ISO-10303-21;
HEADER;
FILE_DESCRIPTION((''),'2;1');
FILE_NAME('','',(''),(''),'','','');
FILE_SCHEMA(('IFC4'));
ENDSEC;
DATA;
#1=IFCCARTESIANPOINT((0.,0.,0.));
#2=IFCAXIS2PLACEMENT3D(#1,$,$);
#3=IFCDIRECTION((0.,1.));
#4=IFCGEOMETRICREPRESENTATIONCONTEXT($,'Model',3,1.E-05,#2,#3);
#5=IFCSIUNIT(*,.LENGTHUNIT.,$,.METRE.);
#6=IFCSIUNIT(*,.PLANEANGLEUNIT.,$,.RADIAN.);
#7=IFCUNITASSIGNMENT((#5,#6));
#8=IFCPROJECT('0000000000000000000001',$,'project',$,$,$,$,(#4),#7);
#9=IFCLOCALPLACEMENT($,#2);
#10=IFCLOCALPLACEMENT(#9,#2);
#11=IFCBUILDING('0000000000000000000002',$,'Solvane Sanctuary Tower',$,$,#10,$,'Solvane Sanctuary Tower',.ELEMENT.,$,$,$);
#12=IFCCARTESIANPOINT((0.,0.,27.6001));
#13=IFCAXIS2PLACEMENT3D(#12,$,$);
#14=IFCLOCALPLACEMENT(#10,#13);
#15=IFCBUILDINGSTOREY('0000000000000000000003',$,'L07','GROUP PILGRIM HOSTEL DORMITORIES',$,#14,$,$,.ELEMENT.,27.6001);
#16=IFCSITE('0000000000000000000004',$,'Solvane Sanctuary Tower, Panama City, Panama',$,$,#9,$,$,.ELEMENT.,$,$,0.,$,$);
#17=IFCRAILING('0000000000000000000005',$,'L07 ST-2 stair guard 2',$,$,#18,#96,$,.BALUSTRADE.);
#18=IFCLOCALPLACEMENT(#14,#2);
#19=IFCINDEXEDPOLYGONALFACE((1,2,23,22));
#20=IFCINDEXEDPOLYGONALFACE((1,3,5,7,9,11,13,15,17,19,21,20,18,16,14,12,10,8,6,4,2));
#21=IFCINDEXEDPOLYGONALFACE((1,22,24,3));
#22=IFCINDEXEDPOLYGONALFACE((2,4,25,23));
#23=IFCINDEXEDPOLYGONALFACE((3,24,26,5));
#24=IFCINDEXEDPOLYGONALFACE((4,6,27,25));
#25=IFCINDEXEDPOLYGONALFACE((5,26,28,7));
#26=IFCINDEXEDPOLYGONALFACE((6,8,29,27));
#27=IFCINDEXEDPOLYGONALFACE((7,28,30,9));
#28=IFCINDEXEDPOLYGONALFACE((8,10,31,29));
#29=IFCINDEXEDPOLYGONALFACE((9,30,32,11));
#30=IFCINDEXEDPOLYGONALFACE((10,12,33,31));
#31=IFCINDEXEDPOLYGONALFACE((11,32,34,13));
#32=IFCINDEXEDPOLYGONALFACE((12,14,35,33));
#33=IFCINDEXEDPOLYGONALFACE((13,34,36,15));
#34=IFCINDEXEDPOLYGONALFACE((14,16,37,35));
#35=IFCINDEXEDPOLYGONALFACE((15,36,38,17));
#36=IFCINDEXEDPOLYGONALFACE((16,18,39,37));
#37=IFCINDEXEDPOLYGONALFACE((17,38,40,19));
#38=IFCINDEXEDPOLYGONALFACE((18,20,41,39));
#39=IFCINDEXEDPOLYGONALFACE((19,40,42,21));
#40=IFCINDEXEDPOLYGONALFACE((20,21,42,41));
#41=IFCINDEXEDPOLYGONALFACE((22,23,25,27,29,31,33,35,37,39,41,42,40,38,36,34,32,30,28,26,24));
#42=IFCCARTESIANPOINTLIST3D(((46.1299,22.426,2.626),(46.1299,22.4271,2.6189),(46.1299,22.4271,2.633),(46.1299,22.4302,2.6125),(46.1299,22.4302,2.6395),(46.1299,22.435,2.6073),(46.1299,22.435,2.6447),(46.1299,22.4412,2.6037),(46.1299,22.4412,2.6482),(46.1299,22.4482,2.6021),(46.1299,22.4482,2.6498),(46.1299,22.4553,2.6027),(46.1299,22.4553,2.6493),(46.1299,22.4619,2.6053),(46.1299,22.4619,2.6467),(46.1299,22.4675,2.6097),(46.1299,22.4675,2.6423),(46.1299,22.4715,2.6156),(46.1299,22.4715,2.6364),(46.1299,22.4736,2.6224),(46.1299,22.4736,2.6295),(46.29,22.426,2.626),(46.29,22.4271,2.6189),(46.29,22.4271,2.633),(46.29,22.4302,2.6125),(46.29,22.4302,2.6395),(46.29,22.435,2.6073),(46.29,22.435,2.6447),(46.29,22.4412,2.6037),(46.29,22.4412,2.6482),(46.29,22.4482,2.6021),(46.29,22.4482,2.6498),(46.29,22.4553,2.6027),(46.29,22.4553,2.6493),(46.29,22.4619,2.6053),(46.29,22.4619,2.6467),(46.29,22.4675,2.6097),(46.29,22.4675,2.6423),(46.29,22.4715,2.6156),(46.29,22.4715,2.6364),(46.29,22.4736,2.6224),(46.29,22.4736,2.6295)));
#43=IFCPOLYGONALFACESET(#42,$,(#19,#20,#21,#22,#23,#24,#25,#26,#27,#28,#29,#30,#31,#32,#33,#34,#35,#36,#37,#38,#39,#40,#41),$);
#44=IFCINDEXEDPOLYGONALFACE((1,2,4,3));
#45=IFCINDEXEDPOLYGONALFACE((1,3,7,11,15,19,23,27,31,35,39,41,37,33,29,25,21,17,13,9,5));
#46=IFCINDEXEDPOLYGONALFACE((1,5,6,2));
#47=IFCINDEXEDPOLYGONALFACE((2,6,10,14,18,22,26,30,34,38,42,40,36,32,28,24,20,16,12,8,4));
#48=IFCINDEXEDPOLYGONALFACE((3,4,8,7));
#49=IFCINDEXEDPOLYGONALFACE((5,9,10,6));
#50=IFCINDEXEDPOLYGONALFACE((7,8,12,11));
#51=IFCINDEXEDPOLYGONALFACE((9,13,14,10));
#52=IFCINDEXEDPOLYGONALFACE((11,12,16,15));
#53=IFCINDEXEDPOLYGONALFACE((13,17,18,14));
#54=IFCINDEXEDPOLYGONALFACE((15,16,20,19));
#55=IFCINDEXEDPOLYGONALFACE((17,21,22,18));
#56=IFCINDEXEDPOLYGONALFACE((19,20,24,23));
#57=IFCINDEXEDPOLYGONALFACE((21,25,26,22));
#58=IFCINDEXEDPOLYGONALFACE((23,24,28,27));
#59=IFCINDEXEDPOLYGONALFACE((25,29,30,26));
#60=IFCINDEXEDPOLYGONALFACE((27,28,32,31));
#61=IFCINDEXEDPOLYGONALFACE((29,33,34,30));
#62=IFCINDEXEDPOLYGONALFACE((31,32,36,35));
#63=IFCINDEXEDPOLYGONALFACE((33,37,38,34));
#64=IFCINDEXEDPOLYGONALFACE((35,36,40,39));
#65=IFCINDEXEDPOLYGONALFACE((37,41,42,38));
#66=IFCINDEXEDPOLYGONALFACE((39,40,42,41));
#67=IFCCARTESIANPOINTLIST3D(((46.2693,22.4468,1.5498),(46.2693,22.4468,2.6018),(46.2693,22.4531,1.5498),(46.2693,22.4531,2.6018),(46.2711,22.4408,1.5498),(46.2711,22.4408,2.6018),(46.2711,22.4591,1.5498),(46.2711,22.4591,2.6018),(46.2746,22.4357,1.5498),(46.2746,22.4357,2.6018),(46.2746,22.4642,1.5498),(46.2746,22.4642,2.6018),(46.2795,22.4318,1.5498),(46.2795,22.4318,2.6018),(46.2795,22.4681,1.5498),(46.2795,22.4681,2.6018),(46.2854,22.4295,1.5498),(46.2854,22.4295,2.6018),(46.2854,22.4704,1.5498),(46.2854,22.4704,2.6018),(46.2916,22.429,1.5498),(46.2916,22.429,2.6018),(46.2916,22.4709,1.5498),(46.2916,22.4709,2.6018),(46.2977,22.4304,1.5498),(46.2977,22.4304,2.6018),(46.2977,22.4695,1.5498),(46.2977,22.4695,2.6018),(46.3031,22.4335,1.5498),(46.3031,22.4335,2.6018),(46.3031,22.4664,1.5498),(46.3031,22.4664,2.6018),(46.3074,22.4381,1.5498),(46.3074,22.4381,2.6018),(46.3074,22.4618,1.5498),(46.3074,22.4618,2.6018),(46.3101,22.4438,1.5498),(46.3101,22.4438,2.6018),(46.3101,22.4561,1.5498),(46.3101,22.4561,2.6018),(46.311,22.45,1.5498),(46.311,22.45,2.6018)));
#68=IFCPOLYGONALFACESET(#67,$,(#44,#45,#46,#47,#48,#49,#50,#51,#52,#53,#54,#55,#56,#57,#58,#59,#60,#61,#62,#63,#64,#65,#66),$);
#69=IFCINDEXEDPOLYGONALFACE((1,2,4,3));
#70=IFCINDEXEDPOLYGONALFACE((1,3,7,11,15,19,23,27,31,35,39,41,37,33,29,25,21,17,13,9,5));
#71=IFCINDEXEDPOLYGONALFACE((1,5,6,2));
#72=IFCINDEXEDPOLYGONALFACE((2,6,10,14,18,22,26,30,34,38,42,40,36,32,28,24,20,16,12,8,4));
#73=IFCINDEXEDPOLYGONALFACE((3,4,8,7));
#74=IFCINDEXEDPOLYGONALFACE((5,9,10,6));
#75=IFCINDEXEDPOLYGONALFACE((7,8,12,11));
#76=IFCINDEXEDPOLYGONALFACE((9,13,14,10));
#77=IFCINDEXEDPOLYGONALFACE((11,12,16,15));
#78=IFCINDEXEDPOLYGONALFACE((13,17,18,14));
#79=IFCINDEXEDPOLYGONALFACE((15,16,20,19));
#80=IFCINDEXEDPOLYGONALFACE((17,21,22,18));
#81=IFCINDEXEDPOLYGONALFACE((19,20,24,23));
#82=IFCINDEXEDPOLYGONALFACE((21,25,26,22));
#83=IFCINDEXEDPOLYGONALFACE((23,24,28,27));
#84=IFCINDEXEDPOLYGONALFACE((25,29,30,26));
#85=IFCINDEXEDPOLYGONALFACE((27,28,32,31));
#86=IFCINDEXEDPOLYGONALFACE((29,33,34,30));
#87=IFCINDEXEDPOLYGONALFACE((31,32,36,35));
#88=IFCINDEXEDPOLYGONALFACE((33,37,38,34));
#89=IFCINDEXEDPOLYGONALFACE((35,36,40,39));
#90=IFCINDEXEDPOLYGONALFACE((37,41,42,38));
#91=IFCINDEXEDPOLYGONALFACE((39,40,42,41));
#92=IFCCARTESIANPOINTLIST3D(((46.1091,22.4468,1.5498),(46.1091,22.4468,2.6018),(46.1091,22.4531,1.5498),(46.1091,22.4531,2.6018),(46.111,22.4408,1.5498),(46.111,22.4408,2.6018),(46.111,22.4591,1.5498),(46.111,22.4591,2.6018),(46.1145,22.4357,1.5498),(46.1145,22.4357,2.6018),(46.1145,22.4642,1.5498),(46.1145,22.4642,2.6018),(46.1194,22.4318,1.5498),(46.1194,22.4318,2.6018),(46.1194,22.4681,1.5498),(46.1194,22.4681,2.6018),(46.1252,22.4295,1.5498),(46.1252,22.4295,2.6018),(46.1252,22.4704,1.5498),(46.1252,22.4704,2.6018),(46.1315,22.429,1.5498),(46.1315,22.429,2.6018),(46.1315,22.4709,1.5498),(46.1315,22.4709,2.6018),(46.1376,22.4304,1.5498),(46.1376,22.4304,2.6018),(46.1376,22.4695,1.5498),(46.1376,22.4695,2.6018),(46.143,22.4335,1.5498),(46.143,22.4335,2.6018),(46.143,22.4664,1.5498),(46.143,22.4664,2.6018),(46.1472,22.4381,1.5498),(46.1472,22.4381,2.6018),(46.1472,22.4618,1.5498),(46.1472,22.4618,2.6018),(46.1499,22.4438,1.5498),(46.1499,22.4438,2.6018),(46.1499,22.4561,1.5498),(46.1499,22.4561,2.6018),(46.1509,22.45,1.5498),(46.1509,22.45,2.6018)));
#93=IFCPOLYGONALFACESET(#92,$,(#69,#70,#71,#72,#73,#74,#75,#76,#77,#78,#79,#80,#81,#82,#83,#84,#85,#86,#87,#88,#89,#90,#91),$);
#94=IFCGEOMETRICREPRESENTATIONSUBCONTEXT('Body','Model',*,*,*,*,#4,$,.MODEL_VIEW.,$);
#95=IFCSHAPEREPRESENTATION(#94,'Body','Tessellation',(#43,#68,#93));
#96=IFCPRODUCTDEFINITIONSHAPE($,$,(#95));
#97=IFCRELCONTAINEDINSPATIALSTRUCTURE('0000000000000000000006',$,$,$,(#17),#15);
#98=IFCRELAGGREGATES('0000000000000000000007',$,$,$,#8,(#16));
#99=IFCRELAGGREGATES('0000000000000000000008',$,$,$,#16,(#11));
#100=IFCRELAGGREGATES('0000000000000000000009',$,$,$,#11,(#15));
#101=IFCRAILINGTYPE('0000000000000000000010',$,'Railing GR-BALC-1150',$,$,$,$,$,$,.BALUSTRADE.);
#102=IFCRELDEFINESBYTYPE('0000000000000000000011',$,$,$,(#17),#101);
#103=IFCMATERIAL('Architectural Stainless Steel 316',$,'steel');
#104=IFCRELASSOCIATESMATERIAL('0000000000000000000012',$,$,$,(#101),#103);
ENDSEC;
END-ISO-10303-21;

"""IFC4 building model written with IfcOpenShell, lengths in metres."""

from ifc_helpers import new_model, si_unit, direction, frame, origin, origin_2d, place, context, subcontext, project, spatial, circle, extrude, material, type_object, element, save


model = new_model("IFC4")

# Units and contexts
model_context = context("Model", 3, precision=1e-05, world=origin(), true_north=direction((0.0, 1.0)))
body_context = subcontext(model_context, "Body", "Model", "MODEL_VIEW")
ifc_project = project(units=[si_unit("LENGTHUNIT", "METRE"), si_unit("PLANEANGLEUNIT", "RADIAN")], contexts=[model_context])

# Site, building, storey
site_placement = place(None, origin())
site = spatial("IfcSite", under=ifc_project, at=site_placement, Name="Solvane Sanctuary Tower, Panama City, Panama", CompositionType="ELEMENT", RefElevation=0.0)
building_placement = place(site_placement, origin())
building = spatial("IfcBuilding", under=site, at=building_placement, Name="Solvane Sanctuary Tower", LongName="Solvane Sanctuary Tower", CompositionType="ELEMENT")
storey_placement = place(building_placement, frame((0.0, 0.0, 27.6001)))
storey = spatial("IfcBuildingStorey", under=building, at=storey_placement, Name="L07", Description="GROUP PILGRIM HOSTEL DORMITORIES", CompositionType="ELEMENT", Elevation=27.6001)

# Shared definitions
ifc_material_1 = material(Name="Architectural Stainless Steel 316", Category="steel")

# Railing
railing_type_1 = type_object("IfcRailingType", Name="Railing GR-BALC-1150", PredefinedType="BALUSTRADE", material=ifc_material_1)
railing_1_placement = place(storey_placement, frame((46.29, 22.45, 1.5498)))
element("IfcRailing", 1, at=railing_1_placement, inside=storey, type_object=railing_type_1, Name="L07 ST-2 stair guard 2", PredefinedType="BALUSTRADE", context=body_context, shape_type="SweptSolid", body=[
    extrude(circle(Radius=0.0239, at=origin_2d()), frame((0.0, 0.0, 1.0762), z_axis=(-1.0, 0.0, 0.0), x_axis=(0.0, -1.0, 0.0)), (0.0, 0.0, 1.0), 0.1602),
    extrude(circle(Radius=0.021, at=origin_2d()), origin(), (0.0, 0.0, 1.0), 1.052),
    extrude(circle(Radius=0.021, at=origin_2d()), frame((-0.1602, 0.0, 0.0)), (0.0, 0.0, 1.0), 1.052),
])

save(model, "model.ifc")
